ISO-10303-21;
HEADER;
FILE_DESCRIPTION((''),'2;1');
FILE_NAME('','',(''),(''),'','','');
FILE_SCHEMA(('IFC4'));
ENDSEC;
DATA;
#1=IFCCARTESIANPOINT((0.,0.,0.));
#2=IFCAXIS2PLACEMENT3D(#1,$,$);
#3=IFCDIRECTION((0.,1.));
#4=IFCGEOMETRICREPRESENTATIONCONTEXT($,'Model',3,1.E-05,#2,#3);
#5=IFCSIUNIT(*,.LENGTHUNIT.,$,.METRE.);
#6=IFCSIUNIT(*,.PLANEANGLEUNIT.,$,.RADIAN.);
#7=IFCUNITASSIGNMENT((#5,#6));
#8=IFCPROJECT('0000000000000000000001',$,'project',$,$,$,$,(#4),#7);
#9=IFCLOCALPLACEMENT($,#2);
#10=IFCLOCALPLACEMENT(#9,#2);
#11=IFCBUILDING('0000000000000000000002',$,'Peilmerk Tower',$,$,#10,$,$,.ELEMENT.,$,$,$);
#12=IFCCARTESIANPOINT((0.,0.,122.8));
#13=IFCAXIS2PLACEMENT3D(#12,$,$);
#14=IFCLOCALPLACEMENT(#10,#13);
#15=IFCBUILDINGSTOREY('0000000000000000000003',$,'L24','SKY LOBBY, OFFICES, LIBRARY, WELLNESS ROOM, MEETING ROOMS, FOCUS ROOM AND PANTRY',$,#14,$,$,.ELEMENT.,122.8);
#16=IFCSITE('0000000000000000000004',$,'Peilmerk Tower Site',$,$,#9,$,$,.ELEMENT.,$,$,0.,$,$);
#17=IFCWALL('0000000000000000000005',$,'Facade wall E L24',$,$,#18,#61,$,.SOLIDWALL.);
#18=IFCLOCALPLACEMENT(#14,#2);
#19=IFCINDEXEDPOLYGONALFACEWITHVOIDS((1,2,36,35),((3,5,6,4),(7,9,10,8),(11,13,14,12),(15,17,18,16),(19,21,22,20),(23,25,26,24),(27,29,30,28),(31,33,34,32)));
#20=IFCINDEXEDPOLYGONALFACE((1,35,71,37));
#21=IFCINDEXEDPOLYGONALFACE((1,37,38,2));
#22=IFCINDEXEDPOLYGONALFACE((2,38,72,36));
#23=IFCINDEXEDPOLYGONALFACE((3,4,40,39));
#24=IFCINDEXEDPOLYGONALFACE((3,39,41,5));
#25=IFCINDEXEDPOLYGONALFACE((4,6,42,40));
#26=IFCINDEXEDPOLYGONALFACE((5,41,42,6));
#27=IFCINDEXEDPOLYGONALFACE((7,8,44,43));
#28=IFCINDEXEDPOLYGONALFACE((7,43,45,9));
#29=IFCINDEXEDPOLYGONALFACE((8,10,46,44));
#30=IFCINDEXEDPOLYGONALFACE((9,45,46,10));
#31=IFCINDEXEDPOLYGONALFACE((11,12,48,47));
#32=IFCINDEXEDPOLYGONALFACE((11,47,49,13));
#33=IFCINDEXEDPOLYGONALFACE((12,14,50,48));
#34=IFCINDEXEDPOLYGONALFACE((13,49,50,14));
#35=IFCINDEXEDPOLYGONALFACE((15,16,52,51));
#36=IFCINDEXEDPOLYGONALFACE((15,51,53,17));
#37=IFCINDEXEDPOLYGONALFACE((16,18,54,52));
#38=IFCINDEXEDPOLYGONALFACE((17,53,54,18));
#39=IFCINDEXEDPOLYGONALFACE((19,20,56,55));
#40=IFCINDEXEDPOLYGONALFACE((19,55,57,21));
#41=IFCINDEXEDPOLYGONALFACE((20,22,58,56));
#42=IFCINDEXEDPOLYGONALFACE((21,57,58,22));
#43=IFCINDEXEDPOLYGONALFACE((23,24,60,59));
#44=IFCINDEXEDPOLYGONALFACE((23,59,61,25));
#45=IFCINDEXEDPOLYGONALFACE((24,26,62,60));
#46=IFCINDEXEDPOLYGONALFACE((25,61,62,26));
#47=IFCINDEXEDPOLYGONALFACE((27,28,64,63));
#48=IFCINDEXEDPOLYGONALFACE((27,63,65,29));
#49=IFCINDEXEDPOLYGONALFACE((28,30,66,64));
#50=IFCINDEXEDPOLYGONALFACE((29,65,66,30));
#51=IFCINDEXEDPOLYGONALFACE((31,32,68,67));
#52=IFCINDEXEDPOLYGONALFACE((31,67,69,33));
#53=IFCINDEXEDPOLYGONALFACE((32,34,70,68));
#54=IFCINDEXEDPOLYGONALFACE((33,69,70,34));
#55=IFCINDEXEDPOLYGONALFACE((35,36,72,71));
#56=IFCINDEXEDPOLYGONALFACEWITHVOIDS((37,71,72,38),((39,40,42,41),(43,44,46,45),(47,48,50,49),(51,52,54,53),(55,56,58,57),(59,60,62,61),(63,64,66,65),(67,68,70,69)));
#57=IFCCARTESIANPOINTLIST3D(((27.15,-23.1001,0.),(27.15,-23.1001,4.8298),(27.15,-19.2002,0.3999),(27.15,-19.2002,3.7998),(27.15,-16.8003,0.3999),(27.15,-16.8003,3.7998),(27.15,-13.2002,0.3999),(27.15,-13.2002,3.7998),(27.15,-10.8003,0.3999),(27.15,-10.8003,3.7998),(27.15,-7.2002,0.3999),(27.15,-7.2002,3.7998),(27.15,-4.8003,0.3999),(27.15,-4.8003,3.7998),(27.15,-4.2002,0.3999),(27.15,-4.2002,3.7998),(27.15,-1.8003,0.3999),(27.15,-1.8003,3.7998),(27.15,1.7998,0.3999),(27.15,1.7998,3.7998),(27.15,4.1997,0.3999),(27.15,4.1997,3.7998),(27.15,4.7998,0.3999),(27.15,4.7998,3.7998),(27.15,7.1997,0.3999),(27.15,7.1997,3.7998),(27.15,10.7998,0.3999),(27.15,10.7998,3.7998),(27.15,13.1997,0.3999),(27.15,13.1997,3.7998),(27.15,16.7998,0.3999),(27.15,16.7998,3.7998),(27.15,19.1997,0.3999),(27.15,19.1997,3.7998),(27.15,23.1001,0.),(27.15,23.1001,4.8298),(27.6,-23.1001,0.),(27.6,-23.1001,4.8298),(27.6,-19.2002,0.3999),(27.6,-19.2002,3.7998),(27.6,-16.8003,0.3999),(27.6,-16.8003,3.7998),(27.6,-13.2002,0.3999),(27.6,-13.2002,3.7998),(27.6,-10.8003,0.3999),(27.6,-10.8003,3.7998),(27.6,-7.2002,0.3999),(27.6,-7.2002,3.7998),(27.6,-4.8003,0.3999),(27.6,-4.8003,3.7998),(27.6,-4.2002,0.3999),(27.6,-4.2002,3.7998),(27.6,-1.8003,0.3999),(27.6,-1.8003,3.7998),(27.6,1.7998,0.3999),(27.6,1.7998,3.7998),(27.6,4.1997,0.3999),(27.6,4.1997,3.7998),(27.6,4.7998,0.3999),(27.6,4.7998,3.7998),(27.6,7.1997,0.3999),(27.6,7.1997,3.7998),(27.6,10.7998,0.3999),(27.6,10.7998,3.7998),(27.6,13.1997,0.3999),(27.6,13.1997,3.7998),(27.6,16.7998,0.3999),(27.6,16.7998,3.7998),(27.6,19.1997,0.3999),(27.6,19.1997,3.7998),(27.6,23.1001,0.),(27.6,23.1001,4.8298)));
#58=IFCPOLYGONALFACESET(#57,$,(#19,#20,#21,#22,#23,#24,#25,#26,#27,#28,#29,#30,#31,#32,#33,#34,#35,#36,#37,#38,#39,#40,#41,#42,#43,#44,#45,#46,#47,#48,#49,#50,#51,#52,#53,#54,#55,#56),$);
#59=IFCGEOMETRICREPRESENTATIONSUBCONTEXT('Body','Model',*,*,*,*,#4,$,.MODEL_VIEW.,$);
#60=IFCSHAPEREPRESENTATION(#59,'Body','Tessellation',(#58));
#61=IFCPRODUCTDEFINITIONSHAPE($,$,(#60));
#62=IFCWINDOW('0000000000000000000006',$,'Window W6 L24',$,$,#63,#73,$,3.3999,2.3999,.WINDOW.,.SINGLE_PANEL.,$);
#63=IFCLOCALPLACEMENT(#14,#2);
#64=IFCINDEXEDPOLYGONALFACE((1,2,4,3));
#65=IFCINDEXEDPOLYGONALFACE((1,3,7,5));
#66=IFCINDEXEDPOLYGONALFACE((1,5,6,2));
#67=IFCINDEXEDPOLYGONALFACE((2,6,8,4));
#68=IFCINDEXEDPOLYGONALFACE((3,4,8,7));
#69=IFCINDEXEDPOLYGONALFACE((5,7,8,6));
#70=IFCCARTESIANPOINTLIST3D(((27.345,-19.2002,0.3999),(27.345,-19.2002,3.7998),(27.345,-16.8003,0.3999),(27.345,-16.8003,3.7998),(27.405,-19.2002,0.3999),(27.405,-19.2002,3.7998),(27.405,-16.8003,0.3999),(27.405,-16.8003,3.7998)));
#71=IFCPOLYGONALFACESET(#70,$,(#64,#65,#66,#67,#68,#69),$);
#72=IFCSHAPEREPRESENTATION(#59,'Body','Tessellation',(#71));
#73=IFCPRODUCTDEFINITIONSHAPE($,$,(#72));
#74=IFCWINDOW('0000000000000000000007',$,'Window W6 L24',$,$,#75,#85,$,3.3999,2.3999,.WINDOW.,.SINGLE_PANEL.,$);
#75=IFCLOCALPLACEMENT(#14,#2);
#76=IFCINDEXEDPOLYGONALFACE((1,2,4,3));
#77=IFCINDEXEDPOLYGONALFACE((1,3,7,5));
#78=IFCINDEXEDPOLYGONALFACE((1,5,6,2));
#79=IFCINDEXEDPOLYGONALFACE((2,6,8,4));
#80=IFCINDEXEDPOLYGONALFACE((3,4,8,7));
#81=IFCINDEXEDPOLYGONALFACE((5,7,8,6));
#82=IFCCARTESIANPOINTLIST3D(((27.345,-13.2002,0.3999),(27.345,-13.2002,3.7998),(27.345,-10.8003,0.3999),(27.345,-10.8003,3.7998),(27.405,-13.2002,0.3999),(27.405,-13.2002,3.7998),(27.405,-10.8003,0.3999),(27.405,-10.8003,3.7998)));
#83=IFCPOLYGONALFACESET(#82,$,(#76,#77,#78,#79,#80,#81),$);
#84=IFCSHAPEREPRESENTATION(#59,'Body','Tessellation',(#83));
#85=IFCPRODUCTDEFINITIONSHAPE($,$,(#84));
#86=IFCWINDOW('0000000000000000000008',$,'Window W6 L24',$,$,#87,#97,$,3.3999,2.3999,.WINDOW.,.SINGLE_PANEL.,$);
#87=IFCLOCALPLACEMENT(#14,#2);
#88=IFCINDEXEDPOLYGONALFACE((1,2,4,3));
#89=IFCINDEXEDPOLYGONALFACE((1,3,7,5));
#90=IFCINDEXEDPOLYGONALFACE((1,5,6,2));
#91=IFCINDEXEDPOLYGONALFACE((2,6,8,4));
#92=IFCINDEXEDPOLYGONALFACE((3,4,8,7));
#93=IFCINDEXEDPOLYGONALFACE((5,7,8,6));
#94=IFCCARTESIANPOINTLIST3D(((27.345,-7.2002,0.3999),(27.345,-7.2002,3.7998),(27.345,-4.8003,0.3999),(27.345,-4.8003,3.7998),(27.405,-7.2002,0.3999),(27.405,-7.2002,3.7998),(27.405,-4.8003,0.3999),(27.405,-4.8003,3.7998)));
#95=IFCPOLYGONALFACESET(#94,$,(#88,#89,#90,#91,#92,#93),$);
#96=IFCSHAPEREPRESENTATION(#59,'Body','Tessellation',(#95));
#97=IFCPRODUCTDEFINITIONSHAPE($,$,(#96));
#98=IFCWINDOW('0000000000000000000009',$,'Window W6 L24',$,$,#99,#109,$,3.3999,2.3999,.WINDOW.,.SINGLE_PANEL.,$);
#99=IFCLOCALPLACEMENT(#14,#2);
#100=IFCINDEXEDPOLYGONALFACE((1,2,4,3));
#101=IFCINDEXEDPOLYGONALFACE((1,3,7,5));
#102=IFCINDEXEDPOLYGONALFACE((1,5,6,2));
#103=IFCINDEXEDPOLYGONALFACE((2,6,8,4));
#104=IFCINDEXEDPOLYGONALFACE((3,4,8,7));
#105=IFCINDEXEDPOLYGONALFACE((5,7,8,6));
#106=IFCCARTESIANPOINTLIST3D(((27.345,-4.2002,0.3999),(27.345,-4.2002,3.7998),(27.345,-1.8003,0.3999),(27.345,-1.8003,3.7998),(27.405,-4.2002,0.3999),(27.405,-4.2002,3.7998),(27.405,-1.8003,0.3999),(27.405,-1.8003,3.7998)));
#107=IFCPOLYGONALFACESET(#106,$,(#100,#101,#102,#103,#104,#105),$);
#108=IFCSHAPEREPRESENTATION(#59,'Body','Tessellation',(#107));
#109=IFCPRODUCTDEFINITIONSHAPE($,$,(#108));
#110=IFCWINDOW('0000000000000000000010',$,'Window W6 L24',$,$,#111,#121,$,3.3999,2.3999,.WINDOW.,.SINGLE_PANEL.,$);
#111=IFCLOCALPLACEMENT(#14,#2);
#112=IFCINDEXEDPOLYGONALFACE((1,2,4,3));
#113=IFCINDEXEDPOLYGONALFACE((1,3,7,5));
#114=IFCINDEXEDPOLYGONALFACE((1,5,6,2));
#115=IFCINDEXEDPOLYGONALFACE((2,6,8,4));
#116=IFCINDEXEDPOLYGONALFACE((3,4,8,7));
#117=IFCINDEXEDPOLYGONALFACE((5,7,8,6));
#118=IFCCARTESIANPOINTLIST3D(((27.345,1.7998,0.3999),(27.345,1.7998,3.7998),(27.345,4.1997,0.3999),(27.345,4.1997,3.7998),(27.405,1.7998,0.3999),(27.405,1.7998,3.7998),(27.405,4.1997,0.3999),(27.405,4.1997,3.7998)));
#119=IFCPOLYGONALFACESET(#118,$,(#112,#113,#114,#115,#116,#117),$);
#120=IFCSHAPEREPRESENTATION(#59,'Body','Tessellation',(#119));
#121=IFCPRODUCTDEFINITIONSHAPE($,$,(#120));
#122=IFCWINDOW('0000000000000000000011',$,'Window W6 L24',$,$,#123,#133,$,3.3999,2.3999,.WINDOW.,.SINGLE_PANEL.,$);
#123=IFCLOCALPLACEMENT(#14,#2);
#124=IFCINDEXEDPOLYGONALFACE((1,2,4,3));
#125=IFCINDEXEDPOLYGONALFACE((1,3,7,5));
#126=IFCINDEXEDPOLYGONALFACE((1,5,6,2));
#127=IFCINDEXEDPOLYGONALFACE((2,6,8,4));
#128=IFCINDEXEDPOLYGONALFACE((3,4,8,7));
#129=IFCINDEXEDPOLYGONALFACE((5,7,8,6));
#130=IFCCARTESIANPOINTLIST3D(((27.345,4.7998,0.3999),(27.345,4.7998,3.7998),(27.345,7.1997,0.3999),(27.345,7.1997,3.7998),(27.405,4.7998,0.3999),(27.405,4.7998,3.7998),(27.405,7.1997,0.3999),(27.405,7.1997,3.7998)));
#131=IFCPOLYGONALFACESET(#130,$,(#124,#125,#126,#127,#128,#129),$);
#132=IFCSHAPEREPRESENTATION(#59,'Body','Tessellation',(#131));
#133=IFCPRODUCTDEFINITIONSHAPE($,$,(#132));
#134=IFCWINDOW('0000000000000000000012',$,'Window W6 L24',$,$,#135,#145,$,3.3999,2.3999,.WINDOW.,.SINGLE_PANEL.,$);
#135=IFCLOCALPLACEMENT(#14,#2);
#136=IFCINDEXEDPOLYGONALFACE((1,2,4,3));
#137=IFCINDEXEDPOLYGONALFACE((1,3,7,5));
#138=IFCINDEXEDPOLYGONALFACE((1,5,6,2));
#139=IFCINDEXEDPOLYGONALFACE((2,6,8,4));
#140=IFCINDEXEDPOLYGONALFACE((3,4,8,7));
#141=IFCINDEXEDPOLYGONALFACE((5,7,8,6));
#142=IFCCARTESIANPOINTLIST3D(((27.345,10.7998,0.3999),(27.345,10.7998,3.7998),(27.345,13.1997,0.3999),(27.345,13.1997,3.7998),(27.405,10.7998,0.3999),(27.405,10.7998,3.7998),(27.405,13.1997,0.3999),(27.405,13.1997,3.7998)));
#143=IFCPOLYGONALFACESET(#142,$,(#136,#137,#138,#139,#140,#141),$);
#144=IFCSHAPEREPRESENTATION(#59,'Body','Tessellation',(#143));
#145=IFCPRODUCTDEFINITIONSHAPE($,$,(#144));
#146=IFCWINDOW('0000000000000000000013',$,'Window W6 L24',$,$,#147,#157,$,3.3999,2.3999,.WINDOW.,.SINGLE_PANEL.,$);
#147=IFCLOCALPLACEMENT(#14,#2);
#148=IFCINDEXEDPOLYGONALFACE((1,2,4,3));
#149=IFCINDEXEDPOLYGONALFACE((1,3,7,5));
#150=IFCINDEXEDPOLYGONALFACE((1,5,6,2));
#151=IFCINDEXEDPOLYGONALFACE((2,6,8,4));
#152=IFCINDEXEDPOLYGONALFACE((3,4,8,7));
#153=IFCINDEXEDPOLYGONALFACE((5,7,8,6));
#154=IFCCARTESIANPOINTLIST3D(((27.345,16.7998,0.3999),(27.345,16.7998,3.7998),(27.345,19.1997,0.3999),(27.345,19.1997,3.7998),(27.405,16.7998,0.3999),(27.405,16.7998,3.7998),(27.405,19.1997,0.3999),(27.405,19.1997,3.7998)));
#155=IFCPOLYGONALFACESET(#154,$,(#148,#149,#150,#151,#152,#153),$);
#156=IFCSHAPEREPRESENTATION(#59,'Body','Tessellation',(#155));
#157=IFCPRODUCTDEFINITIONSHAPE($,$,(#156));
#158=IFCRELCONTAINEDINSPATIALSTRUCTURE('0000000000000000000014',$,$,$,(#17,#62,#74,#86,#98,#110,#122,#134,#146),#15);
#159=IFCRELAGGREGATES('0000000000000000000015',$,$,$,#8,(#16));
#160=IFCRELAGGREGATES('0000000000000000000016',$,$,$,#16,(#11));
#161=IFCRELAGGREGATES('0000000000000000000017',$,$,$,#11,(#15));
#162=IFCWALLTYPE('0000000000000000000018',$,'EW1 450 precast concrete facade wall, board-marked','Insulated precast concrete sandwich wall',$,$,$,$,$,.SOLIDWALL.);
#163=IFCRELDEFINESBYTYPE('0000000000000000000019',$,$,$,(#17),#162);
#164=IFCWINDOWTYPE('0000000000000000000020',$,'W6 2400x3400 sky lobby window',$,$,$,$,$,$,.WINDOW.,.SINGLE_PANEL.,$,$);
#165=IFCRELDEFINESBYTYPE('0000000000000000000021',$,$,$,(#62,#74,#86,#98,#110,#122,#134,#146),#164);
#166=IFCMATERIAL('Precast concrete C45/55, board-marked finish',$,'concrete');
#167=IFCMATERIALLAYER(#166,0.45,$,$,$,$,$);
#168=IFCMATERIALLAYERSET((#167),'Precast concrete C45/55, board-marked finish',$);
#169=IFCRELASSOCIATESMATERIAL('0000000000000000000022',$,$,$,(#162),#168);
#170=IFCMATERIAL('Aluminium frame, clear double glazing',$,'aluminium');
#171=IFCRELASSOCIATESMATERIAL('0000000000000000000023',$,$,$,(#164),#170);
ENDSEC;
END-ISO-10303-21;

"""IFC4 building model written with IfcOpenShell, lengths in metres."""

from ifc_helpers import new_model, si_unit, direction, frame, frame_2d, origin, place, context, subcontext, project, spatial, rectangle, extrude, material, layer, layer_set, type_object, element, fill, save


model = new_model("IFC4")

# Units and contexts
model_context = context("Model", 3, precision=1e-05, world=origin(), true_north=direction((0.0, 1.0)))
body_context = subcontext(model_context, "Body", "Model", "MODEL_VIEW")
ifc_project = project(units=[si_unit("LENGTHUNIT", "METRE"), si_unit("PLANEANGLEUNIT", "RADIAN")], contexts=[model_context])

# Site, building, storey
site_placement = place(None, origin())
site = spatial("IfcSite", under=ifc_project, at=site_placement, Name="Peilmerk Tower Site", CompositionType="ELEMENT", RefElevation=0.0)
building_placement = place(site_placement, origin())
building = spatial("IfcBuilding", under=site, at=building_placement, Name="Peilmerk Tower", CompositionType="ELEMENT")
storey_placement = place(building_placement, frame((0.0, 0.0, 122.8)))
storey = spatial("IfcBuildingStorey", under=building, at=storey_placement, Name="L24", Description="SKY LOBBY, OFFICES, LIBRARY, WELLNESS ROOM, MEETING ROOMS, FOCUS ROOM AND PANTRY", CompositionType="ELEMENT", Elevation=122.8)

# Wall, openings, windows
ifc_material_1 = material(Name="Precast concrete C45/55, board-marked finish", Category="concrete")
ifc_layer_1 = layer(ifc_material_1, 0.45)
ifc_layer_set_1 = layer_set([ifc_layer_1], Name="Precast concrete C45/55, board-marked finish")
wall_type = type_object("IfcWallType", Name="EW1 450 precast concrete facade wall, board-marked", Description="Insulated precast concrete sandwich wall", PredefinedType="SOLIDWALL", material=ifc_layer_set_1)
wall_placement = place(storey_placement, frame((27.375, -23.1001, 0.0), z_axis=(0.0, 0.0, 1.0), x_axis=(0.0, 1.0, 0.0)))
wall = element("IfcWall", 1, at=wall_placement, inside=storey, type_object=wall_type, Name="Facade wall E L24", PredefinedType="SOLIDWALL", context=body_context, shape_type="SweptSolid", body=[
    extrude(rectangle(XDim=46.2002, YDim=0.45, at=frame_2d((23.1001, 0.0))), origin(), (0.0, 0.0, 1.0), 4.8298),
])
opening_1_placement = place(wall_placement, frame((3.8999, 0.0, 0.3999)))
opening_1 = element("IfcOpeningElement", 2, at=opening_1_placement, cuts=wall, PredefinedType="OPENING", context=body_context, shape_type="SweptSolid", body=[
    extrude(rectangle(XDim=2.3999, YDim=3.3999, at=frame_2d((1.2, 1.7))), frame((0.0, 0.2349, 0.0), z_axis=(0.0, -1.0, 0.0), x_axis=(1.0, 0.0, 0.0)), (0.0, 0.0, 1.0), 0.47),
])
opening_2_placement = place(wall_placement, frame((9.8999, 0.0, 0.3999)))
opening_2 = element("IfcOpeningElement", 3, at=opening_2_placement, cuts=wall, PredefinedType="OPENING", context=body_context, shape_type="SweptSolid", body=[
    extrude(rectangle(XDim=2.3999, YDim=3.3999, at=frame_2d((1.2, 1.7))), frame((0.0, 0.2349, 0.0), z_axis=(0.0, -1.0, 0.0), x_axis=(1.0, 0.0, 0.0)), (0.0, 0.0, 1.0), 0.47),
])
opening_3_placement = place(wall_placement, frame((15.8999, 0.0, 0.3999)))
opening_3 = element("IfcOpeningElement", 4, at=opening_3_placement, cuts=wall, PredefinedType="OPENING", context=body_context, shape_type="SweptSolid", body=[
    extrude(rectangle(XDim=2.3999, YDim=3.3999, at=frame_2d((1.2, 1.7))), frame((0.0, 0.2349, 0.0), z_axis=(0.0, -1.0, 0.0), x_axis=(1.0, 0.0, 0.0)), (0.0, 0.0, 1.0), 0.47),
])
opening_4_placement = place(wall_placement, frame((18.8999, 0.0, 0.3999)))
opening_4 = element("IfcOpeningElement", 5, at=opening_4_placement, cuts=wall, PredefinedType="OPENING", context=body_context, shape_type="SweptSolid", body=[
    extrude(rectangle(XDim=2.3999, YDim=3.3999, at=frame_2d((1.2, 1.7))), frame((0.0, 0.2349, 0.0), z_axis=(0.0, -1.0, 0.0), x_axis=(1.0, 0.0, 0.0)), (0.0, 0.0, 1.0), 0.47),
])
opening_5_placement = place(wall_placement, frame((24.8999, 0.0, 0.3999)))
opening_5 = element("IfcOpeningElement", 6, at=opening_5_placement, cuts=wall, PredefinedType="OPENING", context=body_context, shape_type="SweptSolid", body=[
    extrude(rectangle(XDim=2.3999, YDim=3.3999, at=frame_2d((1.2, 1.7))), frame((0.0, 0.2349, 0.0), z_axis=(0.0, -1.0, 0.0), x_axis=(1.0, 0.0, 0.0)), (0.0, 0.0, 1.0), 0.47),
])
opening_6_placement = place(wall_placement, frame((27.8999, 0.0, 0.3999)))
opening_6 = element("IfcOpeningElement", 7, at=opening_6_placement, cuts=wall, PredefinedType="OPENING", context=body_context, shape_type="SweptSolid", body=[
    extrude(rectangle(XDim=2.3999, YDim=3.3999, at=frame_2d((1.2, 1.7))), frame((0.0, 0.2349, 0.0), z_axis=(0.0, -1.0, 0.0), x_axis=(1.0, 0.0, 0.0)), (0.0, 0.0, 1.0), 0.47),
])
opening_7_placement = place(wall_placement, frame((33.8999, 0.0, 0.3999)))
opening_7 = element("IfcOpeningElement", 8, at=opening_7_placement, cuts=wall, PredefinedType="OPENING", context=body_context, shape_type="SweptSolid", body=[
    extrude(rectangle(XDim=2.3999, YDim=3.3999, at=frame_2d((1.2, 1.7))), frame((0.0, 0.2349, 0.0), z_axis=(0.0, -1.0, 0.0), x_axis=(1.0, 0.0, 0.0)), (0.0, 0.0, 1.0), 0.47),
])
opening_8_placement = place(wall_placement, frame((39.8999, 0.0, 0.3999)))
opening_8 = element("IfcOpeningElement", 9, at=opening_8_placement, cuts=wall, PredefinedType="OPENING", context=body_context, shape_type="SweptSolid", body=[
    extrude(rectangle(XDim=2.3999, YDim=3.3999, at=frame_2d((1.2, 1.7))), frame((0.0, 0.2349, 0.0), z_axis=(0.0, -1.0, 0.0), x_axis=(1.0, 0.0, 0.0)), (0.0, 0.0, 1.0), 0.47),
])
ifc_material_2 = material(Name="Aluminium frame, clear double glazing", Category="aluminium")
window_type = type_object("IfcWindowType", Name="W6 2400x3400 sky lobby window", PartitioningType="SINGLE_PANEL", PredefinedType="WINDOW", material=ifc_material_2)
window_1_placement = place(opening_1_placement, origin())
window_1 = element("IfcWindow", 10, at=window_1_placement, inside=storey, type_object=window_type, Name="Window W6 L24", OverallHeight=3.3999, OverallWidth=2.3999, PartitioningType="SINGLE_PANEL", PredefinedType="WINDOW", context=body_context, shape_type="SweptSolid", body=[
    extrude(rectangle(XDim=2.3999, YDim=3.3999, at=frame_2d((1.2, 1.7))), frame((0.0, 0.03, 0.0), z_axis=(0.0, -1.0, 0.0), x_axis=(1.0, 0.0, 0.0)), (0.0, 0.0, 1.0), 0.0601),
])
fill(opening_1, window_1)
window_2_placement = place(opening_2_placement, origin())
window_2 = element("IfcWindow", 11, at=window_2_placement, inside=storey, type_object=window_type, Name="Window W6 L24", OverallHeight=3.3999, OverallWidth=2.3999, PartitioningType="SINGLE_PANEL", PredefinedType="WINDOW", context=body_context, shape_type="SweptSolid", body=[
    extrude(rectangle(XDim=2.3999, YDim=3.3999, at=frame_2d((1.2, 1.7))), frame((0.0, 0.03, 0.0), z_axis=(0.0, -1.0, 0.0), x_axis=(1.0, 0.0, 0.0)), (0.0, 0.0, 1.0), 0.0601),
])
fill(opening_2, window_2)
window_3_placement = place(opening_3_placement, origin())
window_3 = element("IfcWindow", 12, at=window_3_placement, inside=storey, type_object=window_type, Name="Window W6 L24", OverallHeight=3.3999, OverallWidth=2.3999, PartitioningType="SINGLE_PANEL", PredefinedType="WINDOW", context=body_context, shape_type="SweptSolid", body=[
    extrude(rectangle(XDim=2.3999, YDim=3.3999, at=frame_2d((1.2, 1.7))), frame((0.0, 0.03, 0.0), z_axis=(0.0, -1.0, 0.0), x_axis=(1.0, 0.0, 0.0)), (0.0, 0.0, 1.0), 0.0601),
])
fill(opening_3, window_3)
window_4_placement = place(opening_4_placement, origin())
window_4 = element("IfcWindow", 13, at=window_4_placement, inside=storey, type_object=window_type, Name="Window W6 L24", OverallHeight=3.3999, OverallWidth=2.3999, PartitioningType="SINGLE_PANEL", PredefinedType="WINDOW", context=body_context, shape_type="SweptSolid", body=[
    extrude(rectangle(XDim=2.3999, YDim=3.3999, at=frame_2d((1.2, 1.7))), frame((0.0, 0.03, 0.0), z_axis=(0.0, -1.0, 0.0), x_axis=(1.0, 0.0, 0.0)), (0.0, 0.0, 1.0), 0.0601),
])
fill(opening_4, window_4)
window_5_placement = place(opening_5_placement, origin())
window_5 = element("IfcWindow", 14, at=window_5_placement, inside=storey, type_object=window_type, Name="Window W6 L24", OverallHeight=3.3999, OverallWidth=2.3999, PartitioningType="SINGLE_PANEL", PredefinedType="WINDOW", context=body_context, shape_type="SweptSolid", body=[
    extrude(rectangle(XDim=2.3999, YDim=3.3999, at=frame_2d((1.2, 1.7))), frame((0.0, 0.03, 0.0), z_axis=(0.0, -1.0, 0.0), x_axis=(1.0, 0.0, 0.0)), (0.0, 0.0, 1.0), 0.0601),
])
fill(opening_5, window_5)
window_6_placement = place(opening_6_placement, origin())
window_6 = element("IfcWindow", 15, at=window_6_placement, inside=storey, type_object=window_type, Name="Window W6 L24", OverallHeight=3.3999, OverallWidth=2.3999, PartitioningType="SINGLE_PANEL", PredefinedType="WINDOW", context=body_context, shape_type="SweptSolid", body=[
    extrude(rectangle(XDim=2.3999, YDim=3.3999, at=frame_2d((1.2, 1.7))), frame((0.0, 0.03, 0.0), z_axis=(0.0, -1.0, 0.0), x_axis=(1.0, 0.0, 0.0)), (0.0, 0.0, 1.0), 0.0601),
])
fill(opening_6, window_6)
window_7_placement = place(opening_7_placement, origin())
window_7 = element("IfcWindow", 16, at=window_7_placement, inside=storey, type_object=window_type, Name="Window W6 L24", OverallHeight=3.3999, OverallWidth=2.3999, PartitioningType="SINGLE_PANEL", PredefinedType="WINDOW", context=body_context, shape_type="SweptSolid", body=[
    extrude(rectangle(XDim=2.3999, YDim=3.3999, at=frame_2d((1.2, 1.7))), frame((0.0, 0.03, 0.0), z_axis=(0.0, -1.0, 0.0), x_axis=(1.0, 0.0, 0.0)), (0.0, 0.0, 1.0), 0.0601),
])
fill(opening_7, window_7)
window_8_placement = place(opening_8_placement, origin())
window_8 = element("IfcWindow", 17, at=window_8_placement, inside=storey, type_object=window_type, Name="Window W6 L24", OverallHeight=3.3999, OverallWidth=2.3999, PartitioningType="SINGLE_PANEL", PredefinedType="WINDOW", context=body_context, shape_type="SweptSolid", body=[
    extrude(rectangle(XDim=2.3999, YDim=3.3999, at=frame_2d((1.2, 1.7))), frame((0.0, 0.03, 0.0), z_axis=(0.0, -1.0, 0.0), x_axis=(1.0, 0.0, 0.0)), (0.0, 0.0, 1.0), 0.0601),
])
fill(opening_8, window_8)

save(model, "model.ifc")
